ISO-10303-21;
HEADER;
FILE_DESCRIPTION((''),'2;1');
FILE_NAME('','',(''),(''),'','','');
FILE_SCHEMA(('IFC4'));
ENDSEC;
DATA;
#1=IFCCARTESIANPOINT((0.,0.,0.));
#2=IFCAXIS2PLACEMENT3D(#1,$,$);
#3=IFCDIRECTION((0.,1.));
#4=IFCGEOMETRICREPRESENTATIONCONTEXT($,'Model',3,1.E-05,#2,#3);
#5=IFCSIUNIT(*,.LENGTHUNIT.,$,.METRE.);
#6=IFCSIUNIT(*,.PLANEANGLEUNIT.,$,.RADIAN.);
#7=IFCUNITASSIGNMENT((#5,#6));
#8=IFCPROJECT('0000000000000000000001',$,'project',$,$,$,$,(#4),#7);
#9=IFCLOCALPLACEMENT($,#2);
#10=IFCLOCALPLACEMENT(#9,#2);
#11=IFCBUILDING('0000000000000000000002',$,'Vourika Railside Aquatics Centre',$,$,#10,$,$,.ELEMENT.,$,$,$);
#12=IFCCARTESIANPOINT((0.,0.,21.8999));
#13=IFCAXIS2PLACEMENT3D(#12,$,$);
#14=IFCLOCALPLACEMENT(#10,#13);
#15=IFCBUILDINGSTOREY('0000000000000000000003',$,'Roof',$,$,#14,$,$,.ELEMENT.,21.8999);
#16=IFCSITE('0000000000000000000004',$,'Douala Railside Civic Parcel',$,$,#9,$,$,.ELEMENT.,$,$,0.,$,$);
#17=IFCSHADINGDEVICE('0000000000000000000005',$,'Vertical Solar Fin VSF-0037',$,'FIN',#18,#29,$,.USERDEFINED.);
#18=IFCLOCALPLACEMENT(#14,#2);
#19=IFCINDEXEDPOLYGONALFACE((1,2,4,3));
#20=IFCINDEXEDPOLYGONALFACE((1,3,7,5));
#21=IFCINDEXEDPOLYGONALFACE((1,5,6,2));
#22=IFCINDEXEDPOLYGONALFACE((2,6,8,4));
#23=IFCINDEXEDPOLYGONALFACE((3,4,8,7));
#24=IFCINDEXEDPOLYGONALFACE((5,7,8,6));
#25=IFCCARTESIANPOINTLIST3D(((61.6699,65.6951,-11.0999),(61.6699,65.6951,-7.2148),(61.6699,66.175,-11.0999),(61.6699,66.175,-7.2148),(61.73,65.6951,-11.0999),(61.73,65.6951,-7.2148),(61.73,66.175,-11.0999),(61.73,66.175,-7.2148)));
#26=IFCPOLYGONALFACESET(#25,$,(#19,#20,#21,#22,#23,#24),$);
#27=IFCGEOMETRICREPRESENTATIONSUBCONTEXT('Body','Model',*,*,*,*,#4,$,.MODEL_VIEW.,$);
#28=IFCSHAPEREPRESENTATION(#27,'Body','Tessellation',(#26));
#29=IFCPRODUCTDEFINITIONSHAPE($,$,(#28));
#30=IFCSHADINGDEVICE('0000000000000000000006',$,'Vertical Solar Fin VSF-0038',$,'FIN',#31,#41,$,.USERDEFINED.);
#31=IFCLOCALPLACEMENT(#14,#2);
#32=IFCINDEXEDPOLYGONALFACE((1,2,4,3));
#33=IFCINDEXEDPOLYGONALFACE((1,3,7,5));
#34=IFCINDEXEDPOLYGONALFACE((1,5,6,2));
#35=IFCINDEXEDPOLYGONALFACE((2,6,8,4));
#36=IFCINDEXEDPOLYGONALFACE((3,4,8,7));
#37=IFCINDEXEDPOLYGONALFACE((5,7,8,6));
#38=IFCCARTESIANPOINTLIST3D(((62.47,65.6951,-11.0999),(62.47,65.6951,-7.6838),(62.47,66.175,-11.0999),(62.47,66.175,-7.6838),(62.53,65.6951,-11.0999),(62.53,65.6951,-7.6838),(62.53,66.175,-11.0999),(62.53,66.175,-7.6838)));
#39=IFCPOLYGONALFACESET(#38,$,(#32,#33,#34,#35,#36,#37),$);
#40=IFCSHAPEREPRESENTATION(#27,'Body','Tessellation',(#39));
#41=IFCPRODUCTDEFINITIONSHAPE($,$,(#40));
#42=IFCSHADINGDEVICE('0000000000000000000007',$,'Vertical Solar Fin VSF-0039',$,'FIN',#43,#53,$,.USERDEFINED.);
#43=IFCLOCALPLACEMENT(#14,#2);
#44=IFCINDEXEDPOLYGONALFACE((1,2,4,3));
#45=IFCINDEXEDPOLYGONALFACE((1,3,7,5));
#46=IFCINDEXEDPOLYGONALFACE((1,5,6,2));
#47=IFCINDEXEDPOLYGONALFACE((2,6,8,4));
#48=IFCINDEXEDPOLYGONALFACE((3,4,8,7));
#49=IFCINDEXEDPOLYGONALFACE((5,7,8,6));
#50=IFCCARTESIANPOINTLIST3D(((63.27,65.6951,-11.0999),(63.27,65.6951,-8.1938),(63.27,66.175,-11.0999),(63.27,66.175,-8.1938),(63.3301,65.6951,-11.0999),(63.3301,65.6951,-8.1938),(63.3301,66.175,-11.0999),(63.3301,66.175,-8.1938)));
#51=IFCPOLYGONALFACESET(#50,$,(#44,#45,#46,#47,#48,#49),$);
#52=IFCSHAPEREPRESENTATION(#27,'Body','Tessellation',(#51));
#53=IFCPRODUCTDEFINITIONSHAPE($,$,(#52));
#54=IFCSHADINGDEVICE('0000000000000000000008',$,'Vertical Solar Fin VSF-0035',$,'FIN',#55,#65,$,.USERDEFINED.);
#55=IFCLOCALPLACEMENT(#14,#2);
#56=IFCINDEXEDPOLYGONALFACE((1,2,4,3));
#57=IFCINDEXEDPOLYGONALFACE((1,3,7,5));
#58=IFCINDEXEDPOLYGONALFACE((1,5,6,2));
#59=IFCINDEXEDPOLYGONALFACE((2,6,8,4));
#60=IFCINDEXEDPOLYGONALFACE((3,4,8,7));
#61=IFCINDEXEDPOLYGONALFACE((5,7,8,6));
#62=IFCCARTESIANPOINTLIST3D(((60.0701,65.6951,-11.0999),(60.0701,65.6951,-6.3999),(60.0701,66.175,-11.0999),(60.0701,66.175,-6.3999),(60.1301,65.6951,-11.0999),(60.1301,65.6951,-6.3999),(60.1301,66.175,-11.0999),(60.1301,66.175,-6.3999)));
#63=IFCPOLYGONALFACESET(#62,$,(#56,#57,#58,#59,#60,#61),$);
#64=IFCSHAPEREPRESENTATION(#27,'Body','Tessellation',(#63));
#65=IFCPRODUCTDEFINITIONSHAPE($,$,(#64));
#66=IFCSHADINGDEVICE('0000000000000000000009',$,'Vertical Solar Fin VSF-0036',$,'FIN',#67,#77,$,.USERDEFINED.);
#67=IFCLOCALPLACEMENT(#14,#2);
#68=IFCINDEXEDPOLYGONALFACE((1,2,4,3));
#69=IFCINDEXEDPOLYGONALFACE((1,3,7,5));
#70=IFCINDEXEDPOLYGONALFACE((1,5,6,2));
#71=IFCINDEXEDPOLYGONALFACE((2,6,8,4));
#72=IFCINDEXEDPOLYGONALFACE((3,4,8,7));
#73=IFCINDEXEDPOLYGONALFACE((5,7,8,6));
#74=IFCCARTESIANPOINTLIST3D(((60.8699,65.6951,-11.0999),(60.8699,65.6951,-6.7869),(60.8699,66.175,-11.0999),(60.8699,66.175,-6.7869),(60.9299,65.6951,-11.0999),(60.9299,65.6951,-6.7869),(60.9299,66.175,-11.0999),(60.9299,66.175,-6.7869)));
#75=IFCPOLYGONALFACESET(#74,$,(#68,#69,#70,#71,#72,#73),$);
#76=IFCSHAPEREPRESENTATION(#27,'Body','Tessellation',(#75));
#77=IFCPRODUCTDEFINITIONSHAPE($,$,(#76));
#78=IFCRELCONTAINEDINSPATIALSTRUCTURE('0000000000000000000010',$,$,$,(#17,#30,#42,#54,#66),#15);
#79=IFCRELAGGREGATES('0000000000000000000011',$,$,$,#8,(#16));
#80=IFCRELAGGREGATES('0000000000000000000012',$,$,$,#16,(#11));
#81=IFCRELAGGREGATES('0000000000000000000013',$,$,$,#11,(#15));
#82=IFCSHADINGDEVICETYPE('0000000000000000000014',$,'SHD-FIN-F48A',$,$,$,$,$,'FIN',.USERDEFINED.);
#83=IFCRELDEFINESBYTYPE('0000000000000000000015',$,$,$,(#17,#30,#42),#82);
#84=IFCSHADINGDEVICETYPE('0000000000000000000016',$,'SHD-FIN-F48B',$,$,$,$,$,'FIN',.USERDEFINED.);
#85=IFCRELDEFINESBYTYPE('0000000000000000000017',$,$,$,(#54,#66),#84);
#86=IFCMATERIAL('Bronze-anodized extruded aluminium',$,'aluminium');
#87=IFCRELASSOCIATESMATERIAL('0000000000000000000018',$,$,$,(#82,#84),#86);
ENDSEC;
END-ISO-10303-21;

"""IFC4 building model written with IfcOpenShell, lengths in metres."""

from ifc_helpers import new_model, si_unit, direction, frame, origin, origin_2d, place, context, subcontext, project, spatial, rectangle, extrude, material, material_profile, profile_set, type_object, element, save


model = new_model("IFC4")

# Units and contexts
model_context = context("Model", 3, precision=1e-05, world=origin(), true_north=direction((0.0, 1.0)))
body_context = subcontext(model_context, "Body", "Model", "MODEL_VIEW")
ifc_project = project(units=[si_unit("LENGTHUNIT", "METRE"), si_unit("PLANEANGLEUNIT", "RADIAN")], contexts=[model_context])

# Site, building, storey
site_placement = place(None, origin())
site = spatial("IfcSite", under=ifc_project, at=site_placement, Name="Douala Railside Civic Parcel", CompositionType="ELEMENT", RefElevation=0.0)
building_placement = place(site_placement, origin())
building = spatial("IfcBuilding", under=site, at=building_placement, Name="Vourika Railside Aquatics Centre", CompositionType="ELEMENT")
storey_placement = place(building_placement, frame((0.0, 0.0, 21.8999)))
storey = spatial("IfcBuildingStorey", under=building, at=storey_placement, Name="Roof", CompositionType="ELEMENT", Elevation=21.8999)

# Shading devices
ifc_material_1 = material(Name="Bronze-anodized extruded aluminium", Category="aluminium")
ifc_material_profile_1 = material_profile(ifc_material_1, rectangle(XDim=0.0601, YDim=0.48, at=origin_2d()), Name="ALU-FIN 60x480")
ifc_profile_set_1 = profile_set([ifc_material_profile_1], Name="Bronze-anodized extruded aluminium")
shading_device_type_1 = type_object("IfcShadingDeviceType", Name="SHD-FIN-F48A", ElementType="FIN", PredefinedType="USERDEFINED", material=ifc_profile_set_1)
shading_device_1_placement = place(storey_placement, frame((61.7, 65.9351, -11.0999), z_axis=(0.0, 0.0, 1.0), x_axis=(1.0, 0.0, 0.0)))
element("IfcShadingDevice", 1, at=shading_device_1_placement, inside=storey, type_object=shading_device_type_1, Name="Vertical Solar Fin VSF-0037", ObjectType="FIN", PredefinedType="USERDEFINED", context=body_context, shape_type="SweptSolid", body=[
    extrude(rectangle(XDim=0.0601, YDim=0.48, at=origin_2d()), origin(), (0.0, 0.0, 1.0), 3.885),
])
shading_device_2_placement = place(storey_placement, frame((62.5, 65.9351, -11.0999), z_axis=(0.0, 0.0, 1.0), x_axis=(1.0, 0.0, 0.0)))
element("IfcShadingDevice", 2, at=shading_device_2_placement, inside=storey, type_object=shading_device_type_1, Name="Vertical Solar Fin VSF-0038", ObjectType="FIN", PredefinedType="USERDEFINED", context=body_context, shape_type="SweptSolid", body=[
    extrude(rectangle(XDim=0.0601, YDim=0.48, at=origin_2d()), origin(), (0.0, 0.0, 1.0), 3.416),
])
shading_device_3_placement = place(storey_placement, frame((63.3, 65.9351, -11.0999), z_axis=(0.0, 0.0, 1.0), x_axis=(1.0, 0.0, 0.0)))
element("IfcShadingDevice", 3, at=shading_device_3_placement, inside=storey, type_object=shading_device_type_1, Name="Vertical Solar Fin VSF-0039", ObjectType="FIN", PredefinedType="USERDEFINED", context=body_context, shape_type="SweptSolid", body=[
    extrude(rectangle(XDim=0.0601, YDim=0.48, at=origin_2d()), origin(), (0.0, 0.0, 1.0), 2.906),
])
ifc_material_profile_2 = material_profile(ifc_material_1, rectangle(XDim=0.0601, YDim=0.48, at=origin_2d()), Name="ALU-FIN 60x480")
ifc_profile_set_2 = profile_set([ifc_material_profile_2], Name="Bronze-anodized extruded aluminium")
shading_device_type_2 = type_object("IfcShadingDeviceType", Name="SHD-FIN-F48B", ElementType="FIN", PredefinedType="USERDEFINED", material=ifc_profile_set_2)
shading_device_4_placement = place(storey_placement, frame((60.1001, 65.9351, -11.0999), z_axis=(0.0, 0.0, 1.0), x_axis=(1.0, 0.0, 0.0)))
element("IfcShadingDevice", 4, at=shading_device_4_placement, inside=storey, type_object=shading_device_type_2, Name="Vertical Solar Fin VSF-0035", ObjectType="FIN", PredefinedType="USERDEFINED", context=body_context, shape_type="SweptSolid", body=[
    extrude(rectangle(XDim=0.0601, YDim=0.48, at=origin_2d()), origin(), (0.0, 0.0, 1.0), 4.7),
])
shading_device_5_placement = place(storey_placement, frame((60.8999, 65.9351, -11.0999), z_axis=(0.0, 0.0, 1.0), x_axis=(1.0, 0.0, 0.0)))
element("IfcShadingDevice", 5, at=shading_device_5_placement, inside=storey, type_object=shading_device_type_2, Name="Vertical Solar Fin VSF-0036", ObjectType="FIN", PredefinedType="USERDEFINED", context=body_context, shape_type="SweptSolid", body=[
    extrude(rectangle(XDim=0.0601, YDim=0.48, at=origin_2d()), origin(), (0.0, 0.0, 1.0), 4.313),
])

save(model, "model.ifc")
